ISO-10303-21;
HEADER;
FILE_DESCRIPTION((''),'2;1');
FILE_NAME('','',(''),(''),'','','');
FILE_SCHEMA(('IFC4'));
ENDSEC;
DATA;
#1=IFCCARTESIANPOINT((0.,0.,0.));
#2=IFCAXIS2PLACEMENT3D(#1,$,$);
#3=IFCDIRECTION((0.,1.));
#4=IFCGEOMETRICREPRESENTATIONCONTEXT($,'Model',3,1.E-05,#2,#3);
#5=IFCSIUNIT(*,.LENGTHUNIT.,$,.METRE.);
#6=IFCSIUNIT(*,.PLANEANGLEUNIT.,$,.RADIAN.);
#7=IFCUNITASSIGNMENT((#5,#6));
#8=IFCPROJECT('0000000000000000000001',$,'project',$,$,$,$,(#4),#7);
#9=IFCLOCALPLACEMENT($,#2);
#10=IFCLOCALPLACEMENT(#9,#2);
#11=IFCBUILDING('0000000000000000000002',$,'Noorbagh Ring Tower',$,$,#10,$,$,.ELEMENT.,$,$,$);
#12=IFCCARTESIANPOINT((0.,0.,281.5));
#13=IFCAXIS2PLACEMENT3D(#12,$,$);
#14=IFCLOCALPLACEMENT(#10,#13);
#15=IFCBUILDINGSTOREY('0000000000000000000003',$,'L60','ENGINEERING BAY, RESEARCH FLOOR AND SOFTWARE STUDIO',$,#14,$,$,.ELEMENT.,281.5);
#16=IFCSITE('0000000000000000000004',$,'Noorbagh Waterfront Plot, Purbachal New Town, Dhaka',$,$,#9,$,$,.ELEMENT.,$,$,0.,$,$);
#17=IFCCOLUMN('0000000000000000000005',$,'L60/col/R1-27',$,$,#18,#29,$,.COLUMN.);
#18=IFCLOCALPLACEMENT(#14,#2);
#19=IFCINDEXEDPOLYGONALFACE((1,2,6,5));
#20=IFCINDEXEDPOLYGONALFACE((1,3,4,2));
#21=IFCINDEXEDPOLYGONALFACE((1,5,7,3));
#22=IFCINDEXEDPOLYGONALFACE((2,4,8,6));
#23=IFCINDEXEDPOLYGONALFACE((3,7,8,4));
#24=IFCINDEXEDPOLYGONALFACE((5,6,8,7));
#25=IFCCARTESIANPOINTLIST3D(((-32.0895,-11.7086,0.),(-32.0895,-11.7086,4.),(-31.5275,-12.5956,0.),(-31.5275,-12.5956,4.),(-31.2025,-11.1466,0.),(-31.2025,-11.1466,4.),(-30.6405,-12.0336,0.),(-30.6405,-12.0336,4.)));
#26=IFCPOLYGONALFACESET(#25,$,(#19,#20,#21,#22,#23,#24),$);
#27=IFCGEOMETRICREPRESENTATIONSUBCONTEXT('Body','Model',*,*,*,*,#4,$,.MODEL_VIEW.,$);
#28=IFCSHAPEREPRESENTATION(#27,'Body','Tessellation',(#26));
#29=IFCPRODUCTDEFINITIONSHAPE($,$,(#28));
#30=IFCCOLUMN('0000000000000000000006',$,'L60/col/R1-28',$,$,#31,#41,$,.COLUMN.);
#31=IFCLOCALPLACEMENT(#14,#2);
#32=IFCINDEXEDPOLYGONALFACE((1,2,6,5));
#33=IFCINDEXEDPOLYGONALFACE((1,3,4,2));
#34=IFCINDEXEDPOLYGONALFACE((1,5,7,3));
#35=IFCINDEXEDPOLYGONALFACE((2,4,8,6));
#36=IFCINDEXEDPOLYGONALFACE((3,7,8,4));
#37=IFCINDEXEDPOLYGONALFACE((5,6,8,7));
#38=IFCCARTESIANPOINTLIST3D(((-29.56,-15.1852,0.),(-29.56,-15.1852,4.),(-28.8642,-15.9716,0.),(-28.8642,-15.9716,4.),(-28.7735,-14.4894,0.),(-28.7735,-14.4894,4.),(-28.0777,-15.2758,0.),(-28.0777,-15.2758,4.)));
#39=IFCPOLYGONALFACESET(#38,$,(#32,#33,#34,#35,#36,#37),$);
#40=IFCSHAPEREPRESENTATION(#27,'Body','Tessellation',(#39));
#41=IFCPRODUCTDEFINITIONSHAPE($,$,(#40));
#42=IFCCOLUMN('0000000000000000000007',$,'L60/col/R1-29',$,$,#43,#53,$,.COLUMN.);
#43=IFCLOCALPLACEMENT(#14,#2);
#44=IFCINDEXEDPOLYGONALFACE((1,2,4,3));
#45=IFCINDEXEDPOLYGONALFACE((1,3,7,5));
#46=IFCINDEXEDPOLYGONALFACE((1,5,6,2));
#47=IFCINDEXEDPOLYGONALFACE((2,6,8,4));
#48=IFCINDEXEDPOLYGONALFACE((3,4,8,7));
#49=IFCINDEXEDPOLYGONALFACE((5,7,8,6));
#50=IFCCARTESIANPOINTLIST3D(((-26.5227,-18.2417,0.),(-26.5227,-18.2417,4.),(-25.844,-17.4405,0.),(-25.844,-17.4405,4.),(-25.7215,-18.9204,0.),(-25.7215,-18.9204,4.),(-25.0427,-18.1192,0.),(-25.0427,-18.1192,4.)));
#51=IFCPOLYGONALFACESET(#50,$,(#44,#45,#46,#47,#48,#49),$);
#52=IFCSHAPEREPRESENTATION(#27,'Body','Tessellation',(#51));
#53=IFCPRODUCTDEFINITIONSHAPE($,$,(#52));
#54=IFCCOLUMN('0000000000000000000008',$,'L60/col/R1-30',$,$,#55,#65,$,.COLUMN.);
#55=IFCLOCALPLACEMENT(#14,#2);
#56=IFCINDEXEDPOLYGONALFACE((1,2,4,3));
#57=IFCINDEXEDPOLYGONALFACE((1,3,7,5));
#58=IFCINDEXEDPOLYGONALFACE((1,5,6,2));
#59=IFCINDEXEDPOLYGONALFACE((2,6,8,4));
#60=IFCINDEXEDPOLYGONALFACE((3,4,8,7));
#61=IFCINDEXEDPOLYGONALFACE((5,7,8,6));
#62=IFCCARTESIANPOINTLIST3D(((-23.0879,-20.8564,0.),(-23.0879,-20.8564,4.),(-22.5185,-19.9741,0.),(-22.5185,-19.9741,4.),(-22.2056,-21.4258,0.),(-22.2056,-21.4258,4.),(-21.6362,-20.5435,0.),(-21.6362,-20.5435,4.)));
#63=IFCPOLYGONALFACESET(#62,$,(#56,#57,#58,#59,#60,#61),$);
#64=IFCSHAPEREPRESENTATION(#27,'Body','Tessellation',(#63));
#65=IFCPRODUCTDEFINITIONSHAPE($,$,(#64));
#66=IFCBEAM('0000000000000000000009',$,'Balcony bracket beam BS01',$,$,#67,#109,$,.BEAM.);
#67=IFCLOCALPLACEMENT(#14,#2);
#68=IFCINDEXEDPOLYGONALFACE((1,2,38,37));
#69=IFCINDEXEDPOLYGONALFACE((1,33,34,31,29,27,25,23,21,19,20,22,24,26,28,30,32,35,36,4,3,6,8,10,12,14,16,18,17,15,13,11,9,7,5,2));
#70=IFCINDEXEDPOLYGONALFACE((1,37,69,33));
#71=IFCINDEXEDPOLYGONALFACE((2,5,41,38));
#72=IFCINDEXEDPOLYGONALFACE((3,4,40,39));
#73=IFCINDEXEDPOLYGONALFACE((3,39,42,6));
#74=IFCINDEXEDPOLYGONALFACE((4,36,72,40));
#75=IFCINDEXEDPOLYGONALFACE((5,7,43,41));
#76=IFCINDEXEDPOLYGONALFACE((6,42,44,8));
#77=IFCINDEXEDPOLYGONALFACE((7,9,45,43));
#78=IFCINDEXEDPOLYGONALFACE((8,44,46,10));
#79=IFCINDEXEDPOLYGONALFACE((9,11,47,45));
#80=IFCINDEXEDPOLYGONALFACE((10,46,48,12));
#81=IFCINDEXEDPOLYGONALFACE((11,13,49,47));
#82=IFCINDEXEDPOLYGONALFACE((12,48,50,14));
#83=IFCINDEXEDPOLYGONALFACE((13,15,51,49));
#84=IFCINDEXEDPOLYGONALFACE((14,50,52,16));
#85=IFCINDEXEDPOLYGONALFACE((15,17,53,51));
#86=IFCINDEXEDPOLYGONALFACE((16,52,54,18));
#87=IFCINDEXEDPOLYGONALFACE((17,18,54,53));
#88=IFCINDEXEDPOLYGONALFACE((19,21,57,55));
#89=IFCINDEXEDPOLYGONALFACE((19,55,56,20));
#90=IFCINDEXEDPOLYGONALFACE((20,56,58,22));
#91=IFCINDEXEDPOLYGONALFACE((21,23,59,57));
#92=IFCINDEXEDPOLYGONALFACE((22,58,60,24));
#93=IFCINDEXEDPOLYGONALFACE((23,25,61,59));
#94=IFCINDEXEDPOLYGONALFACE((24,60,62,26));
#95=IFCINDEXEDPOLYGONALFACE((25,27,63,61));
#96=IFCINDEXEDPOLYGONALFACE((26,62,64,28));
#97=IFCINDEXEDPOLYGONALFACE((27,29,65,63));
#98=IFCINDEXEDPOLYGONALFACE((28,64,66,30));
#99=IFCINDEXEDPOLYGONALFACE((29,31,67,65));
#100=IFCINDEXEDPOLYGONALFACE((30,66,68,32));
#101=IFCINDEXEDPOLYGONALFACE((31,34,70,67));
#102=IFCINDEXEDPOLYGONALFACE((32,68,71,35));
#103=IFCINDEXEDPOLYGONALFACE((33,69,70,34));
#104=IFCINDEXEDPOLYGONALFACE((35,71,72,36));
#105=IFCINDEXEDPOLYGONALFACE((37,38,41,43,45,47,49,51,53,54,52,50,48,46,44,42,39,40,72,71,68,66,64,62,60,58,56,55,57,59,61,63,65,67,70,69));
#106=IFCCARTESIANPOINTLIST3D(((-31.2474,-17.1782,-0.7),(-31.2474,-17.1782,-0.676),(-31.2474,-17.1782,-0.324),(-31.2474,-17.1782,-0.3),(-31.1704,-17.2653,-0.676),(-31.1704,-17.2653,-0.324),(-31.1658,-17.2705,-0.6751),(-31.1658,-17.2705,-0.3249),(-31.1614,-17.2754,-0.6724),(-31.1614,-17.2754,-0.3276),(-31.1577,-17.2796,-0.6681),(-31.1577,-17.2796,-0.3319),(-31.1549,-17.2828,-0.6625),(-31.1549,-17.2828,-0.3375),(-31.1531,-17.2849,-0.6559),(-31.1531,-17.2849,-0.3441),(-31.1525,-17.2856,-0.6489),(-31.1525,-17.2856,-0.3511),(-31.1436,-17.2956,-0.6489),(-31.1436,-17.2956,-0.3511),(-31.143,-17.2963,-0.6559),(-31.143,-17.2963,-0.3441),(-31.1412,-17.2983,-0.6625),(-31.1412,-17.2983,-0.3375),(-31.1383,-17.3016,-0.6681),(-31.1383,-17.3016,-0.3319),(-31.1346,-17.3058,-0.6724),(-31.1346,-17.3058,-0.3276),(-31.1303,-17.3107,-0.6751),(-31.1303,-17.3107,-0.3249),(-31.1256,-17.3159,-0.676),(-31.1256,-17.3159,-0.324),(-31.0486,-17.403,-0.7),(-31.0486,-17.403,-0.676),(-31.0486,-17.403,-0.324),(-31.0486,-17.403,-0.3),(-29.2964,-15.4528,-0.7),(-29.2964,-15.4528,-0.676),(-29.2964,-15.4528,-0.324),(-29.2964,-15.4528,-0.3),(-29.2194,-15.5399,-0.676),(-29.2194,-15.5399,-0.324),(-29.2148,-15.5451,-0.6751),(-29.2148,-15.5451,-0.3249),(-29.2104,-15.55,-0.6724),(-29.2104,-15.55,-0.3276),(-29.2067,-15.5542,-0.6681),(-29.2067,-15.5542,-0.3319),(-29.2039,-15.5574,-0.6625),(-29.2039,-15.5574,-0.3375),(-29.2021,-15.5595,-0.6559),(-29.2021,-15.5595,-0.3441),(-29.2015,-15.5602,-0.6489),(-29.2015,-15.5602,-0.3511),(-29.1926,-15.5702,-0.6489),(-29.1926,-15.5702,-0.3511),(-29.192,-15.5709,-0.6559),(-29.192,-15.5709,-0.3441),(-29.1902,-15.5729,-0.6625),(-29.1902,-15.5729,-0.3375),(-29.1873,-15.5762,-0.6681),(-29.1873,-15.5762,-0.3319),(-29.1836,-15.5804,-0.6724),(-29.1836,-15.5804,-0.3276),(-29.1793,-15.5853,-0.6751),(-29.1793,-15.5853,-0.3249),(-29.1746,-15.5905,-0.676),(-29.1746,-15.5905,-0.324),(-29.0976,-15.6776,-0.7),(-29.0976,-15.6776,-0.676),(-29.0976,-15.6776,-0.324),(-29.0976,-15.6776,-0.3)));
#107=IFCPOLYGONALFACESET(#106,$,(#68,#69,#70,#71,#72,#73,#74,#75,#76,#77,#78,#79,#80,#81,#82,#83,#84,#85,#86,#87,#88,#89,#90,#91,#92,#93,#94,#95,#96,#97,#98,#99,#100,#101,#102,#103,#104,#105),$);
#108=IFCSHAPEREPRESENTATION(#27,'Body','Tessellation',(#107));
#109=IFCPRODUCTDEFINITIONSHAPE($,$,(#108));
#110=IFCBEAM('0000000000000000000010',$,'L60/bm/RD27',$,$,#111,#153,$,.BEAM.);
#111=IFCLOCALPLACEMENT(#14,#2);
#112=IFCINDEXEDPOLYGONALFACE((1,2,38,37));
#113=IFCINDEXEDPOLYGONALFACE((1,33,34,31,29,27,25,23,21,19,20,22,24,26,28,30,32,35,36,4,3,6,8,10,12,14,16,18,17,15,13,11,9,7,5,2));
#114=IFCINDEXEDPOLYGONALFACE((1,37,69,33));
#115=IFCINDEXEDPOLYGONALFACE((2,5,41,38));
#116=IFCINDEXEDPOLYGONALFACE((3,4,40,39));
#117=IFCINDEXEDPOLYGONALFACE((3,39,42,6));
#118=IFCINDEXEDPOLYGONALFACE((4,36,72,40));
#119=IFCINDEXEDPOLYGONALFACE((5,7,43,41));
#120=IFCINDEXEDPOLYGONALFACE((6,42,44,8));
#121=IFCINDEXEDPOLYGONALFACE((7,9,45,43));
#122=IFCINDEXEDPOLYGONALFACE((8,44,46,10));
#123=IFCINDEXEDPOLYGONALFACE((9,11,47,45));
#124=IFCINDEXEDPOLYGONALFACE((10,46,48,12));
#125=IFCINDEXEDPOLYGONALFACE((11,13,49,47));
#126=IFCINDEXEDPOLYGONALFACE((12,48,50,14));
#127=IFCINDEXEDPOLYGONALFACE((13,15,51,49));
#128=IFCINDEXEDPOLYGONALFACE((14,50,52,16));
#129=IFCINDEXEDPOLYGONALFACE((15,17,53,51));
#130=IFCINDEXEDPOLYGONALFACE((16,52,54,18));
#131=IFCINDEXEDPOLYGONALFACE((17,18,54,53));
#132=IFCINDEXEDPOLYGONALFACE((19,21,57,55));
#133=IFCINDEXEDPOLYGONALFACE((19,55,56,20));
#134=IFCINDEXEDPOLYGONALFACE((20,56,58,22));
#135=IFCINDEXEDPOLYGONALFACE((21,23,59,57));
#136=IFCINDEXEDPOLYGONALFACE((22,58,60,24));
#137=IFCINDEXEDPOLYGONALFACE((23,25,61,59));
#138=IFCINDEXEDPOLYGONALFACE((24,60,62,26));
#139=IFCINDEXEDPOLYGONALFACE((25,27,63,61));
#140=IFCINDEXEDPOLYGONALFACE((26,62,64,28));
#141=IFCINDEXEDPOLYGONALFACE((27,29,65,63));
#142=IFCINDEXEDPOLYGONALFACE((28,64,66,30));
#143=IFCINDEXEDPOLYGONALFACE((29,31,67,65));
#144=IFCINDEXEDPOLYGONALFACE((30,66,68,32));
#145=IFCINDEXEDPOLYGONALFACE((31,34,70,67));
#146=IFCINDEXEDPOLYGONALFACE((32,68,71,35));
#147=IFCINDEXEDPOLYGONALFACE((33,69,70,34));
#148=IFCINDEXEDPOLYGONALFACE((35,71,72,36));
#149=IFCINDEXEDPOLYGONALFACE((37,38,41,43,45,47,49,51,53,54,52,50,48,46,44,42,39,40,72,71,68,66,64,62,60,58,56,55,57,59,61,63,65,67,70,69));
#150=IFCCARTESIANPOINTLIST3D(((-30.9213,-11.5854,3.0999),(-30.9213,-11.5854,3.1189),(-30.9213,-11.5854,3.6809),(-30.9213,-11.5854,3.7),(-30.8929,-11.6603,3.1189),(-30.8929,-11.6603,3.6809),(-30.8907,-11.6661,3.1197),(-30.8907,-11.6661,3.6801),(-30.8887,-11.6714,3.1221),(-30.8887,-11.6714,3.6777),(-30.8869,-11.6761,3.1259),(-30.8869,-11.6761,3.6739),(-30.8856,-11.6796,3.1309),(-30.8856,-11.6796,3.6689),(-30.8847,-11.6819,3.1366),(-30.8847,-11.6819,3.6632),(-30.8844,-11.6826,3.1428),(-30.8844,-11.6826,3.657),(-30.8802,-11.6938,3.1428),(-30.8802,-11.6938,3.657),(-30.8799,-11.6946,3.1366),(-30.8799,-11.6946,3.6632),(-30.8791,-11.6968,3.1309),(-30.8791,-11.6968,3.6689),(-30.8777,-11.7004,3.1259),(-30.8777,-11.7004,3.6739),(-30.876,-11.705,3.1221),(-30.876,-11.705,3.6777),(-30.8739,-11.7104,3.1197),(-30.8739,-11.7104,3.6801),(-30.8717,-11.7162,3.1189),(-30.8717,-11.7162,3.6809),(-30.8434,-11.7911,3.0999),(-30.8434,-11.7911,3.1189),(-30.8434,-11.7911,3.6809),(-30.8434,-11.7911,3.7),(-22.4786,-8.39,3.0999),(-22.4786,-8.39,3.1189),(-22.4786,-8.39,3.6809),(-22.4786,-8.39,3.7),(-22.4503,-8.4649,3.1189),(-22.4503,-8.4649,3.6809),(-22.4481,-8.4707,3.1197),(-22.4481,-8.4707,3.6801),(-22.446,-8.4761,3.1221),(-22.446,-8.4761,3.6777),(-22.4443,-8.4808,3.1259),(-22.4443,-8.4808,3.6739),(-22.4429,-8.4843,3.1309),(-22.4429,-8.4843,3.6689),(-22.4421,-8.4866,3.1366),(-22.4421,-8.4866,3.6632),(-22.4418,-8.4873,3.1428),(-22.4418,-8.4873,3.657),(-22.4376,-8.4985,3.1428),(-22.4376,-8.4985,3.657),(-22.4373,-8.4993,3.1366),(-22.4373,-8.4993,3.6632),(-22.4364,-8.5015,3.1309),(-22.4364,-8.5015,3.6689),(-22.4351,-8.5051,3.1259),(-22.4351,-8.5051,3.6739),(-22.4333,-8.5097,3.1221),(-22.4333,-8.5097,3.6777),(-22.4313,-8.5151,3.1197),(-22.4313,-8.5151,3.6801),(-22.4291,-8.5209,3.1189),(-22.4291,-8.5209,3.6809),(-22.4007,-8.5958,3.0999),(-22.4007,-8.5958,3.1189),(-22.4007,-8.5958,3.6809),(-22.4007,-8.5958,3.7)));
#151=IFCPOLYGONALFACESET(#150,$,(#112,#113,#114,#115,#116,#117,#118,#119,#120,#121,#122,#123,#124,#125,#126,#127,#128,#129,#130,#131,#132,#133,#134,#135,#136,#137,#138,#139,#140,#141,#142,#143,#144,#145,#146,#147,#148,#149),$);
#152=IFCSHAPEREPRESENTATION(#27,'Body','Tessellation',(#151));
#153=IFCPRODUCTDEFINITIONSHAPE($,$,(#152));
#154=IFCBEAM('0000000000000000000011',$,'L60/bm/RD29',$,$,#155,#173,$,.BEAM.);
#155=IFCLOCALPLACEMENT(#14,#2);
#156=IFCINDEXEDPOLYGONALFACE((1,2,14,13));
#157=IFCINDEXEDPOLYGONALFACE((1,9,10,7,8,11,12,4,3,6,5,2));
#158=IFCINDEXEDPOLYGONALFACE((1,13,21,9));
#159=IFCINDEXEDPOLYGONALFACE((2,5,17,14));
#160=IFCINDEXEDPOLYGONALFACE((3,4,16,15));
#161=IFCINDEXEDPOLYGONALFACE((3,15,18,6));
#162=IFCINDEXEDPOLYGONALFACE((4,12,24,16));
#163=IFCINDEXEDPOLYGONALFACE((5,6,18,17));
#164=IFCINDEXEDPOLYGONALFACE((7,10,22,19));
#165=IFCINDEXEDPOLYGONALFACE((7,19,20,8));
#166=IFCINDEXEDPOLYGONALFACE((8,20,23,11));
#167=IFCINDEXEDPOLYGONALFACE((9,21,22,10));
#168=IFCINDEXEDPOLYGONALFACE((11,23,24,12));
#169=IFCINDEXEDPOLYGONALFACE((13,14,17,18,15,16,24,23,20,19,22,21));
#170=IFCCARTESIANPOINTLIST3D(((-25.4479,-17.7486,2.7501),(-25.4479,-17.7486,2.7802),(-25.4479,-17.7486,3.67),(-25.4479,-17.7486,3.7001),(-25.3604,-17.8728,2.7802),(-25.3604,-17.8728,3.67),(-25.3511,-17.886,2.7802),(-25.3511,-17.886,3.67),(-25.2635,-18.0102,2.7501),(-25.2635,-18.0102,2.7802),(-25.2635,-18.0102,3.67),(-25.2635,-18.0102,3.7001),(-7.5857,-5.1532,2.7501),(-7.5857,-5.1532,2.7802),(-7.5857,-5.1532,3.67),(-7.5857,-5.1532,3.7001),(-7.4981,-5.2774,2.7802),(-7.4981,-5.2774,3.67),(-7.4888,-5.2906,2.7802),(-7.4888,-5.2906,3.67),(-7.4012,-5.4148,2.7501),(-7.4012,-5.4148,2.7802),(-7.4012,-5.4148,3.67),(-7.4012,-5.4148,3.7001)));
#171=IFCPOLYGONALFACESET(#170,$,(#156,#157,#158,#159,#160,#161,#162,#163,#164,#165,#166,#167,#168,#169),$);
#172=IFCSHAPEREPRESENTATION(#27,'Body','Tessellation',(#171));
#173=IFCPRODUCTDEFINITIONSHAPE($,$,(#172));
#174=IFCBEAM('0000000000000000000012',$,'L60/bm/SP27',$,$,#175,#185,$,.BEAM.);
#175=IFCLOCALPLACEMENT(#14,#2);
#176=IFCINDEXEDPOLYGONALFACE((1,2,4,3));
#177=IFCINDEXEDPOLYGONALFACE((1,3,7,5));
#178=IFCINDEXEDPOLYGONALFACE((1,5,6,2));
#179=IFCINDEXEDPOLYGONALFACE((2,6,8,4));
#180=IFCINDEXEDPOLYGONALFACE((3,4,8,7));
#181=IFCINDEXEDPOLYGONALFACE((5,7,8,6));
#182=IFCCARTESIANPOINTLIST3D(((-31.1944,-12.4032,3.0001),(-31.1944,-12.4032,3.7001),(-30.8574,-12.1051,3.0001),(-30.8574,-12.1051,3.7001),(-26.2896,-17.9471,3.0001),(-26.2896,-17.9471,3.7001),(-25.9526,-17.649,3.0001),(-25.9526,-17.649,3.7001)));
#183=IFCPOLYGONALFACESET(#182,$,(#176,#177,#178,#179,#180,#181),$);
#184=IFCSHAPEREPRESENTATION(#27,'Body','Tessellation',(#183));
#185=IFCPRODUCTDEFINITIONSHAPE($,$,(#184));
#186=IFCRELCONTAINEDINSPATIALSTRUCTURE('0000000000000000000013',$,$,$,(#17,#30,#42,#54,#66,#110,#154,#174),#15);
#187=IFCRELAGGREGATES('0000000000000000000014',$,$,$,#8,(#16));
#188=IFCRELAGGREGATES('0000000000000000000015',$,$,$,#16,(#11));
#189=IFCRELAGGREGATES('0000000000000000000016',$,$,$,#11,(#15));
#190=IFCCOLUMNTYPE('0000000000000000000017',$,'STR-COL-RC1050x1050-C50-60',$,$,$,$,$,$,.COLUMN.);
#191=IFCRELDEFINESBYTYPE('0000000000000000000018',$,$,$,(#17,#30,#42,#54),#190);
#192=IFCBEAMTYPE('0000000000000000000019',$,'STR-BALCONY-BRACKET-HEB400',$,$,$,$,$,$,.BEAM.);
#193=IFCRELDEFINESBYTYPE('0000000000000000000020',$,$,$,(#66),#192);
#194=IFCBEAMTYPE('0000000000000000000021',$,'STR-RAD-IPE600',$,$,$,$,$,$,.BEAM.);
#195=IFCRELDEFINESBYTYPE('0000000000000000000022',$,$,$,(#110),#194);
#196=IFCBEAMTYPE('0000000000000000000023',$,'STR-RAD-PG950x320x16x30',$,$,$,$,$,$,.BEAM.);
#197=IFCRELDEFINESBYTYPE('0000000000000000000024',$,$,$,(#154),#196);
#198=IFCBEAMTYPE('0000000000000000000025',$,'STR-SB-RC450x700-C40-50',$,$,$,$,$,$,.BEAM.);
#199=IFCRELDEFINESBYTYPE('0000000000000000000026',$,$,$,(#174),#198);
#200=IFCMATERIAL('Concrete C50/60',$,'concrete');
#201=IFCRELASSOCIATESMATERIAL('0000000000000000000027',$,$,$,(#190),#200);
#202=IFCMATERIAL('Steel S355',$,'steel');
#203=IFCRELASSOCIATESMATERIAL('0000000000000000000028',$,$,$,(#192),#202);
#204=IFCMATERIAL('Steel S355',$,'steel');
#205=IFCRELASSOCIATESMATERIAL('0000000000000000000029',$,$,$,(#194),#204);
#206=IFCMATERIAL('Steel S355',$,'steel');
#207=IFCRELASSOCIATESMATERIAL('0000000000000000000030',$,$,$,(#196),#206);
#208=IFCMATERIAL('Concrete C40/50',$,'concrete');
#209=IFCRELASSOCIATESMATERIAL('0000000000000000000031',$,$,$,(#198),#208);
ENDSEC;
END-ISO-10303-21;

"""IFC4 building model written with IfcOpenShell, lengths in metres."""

from ifc_helpers import new_model, si_unit, direction, frame, origin, origin_2d, place, context, subcontext, project, spatial, rectangle, i_section, extrude, material, material_profile, profile_set, type_object, element, save


model = new_model("IFC4")

# Units and contexts
model_context = context("Model", 3, precision=1e-05, world=origin(), true_north=direction((0.0, 1.0)))
body_context = subcontext(model_context, "Body", "Model", "MODEL_VIEW")
ifc_project = project(units=[si_unit("LENGTHUNIT", "METRE"), si_unit("PLANEANGLEUNIT", "RADIAN")], contexts=[model_context])

# Site, building, storey
site_placement = place(None, origin())
site = spatial("IfcSite", under=ifc_project, at=site_placement, Name="Noorbagh Waterfront Plot, Purbachal New Town, Dhaka", CompositionType="ELEMENT", RefElevation=0.0)
building_placement = place(site_placement, origin())
building = spatial("IfcBuilding", under=site, at=building_placement, Name="Noorbagh Ring Tower", CompositionType="ELEMENT")
storey_placement = place(building_placement, frame((0.0, 0.0, 281.5)))
storey = spatial("IfcBuildingStorey", under=building, at=storey_placement, Name="L60", Description="ENGINEERING BAY, RESEARCH FLOOR AND SOFTWARE STUDIO", CompositionType="ELEMENT", Elevation=281.5)

# Columns
ifc_material_1 = material(Name="Concrete C50/60", Category="concrete")
ifc_material_profile_1 = material_profile(ifc_material_1, rectangle(XDim=1.05, YDim=1.05, at=origin_2d()), Name="RC1050x1050")
ifc_profile_set_1 = profile_set([ifc_material_profile_1], Name="Concrete C50/60")
column_type = type_object("IfcColumnType", Name="STR-COL-RC1050x1050-C50-60", PredefinedType="COLUMN", material=ifc_profile_set_1)
for number, where, z_axis, x_axis, name in (
    (1, (-31.365, -11.8711, 0.0), (0.0, 0.0, 1.0), (0.53519, -0.844731, 0.0), "L60/col/R1-27"),
    (2, (-28.8188, -15.2305, 0.0), (0.0, 0.0, 1.0), (0.662636, -0.748942, 0.0), "L60/col/R1-28"),
    (3, (-25.7827, -18.1804, 0.0), (0.0, 0.0, 1.0), (0.763035, -0.646357, 0.0), "L60/col/R1-29"),
    (4, (-22.3621, -20.7, 0.0), (0.0, 0.0, 1.0), (0.840248, -0.542203, 0.0), "L60/col/R1-30"),
):
    element("IfcColumn", number, at=place(storey_placement, frame(where, z_axis=z_axis, x_axis=x_axis)), inside=storey, type_object=column_type, Name=name, PredefinedType="COLUMN", context=body_context, shape_type="SweptSolid", body=[
        extrude(rectangle(XDim=1.05, YDim=1.05, at=origin_2d()), origin(), (0.0, 0.0, 1.0), 4.0),
    ])

# Beams
ifc_material_2 = material(Name="Steel S355", Category="steel")
ifc_material_profile_2 = material_profile(ifc_material_2, i_section(OverallWidth=0.3, OverallDepth=0.3999, WebThickness=0.0134, FlangeThickness=0.0239, FilletRadius=0.0271, at=origin_2d()), Name="HEB400")
ifc_profile_set_2 = profile_set([ifc_material_profile_2], Name="Steel S355")
beam_type_1 = type_object("IfcBeamType", Name="STR-BALCONY-BRACKET-HEB400", PredefinedType="BEAM", material=ifc_profile_set_2)
beam_1_placement = place(storey_placement, frame((-29.197, -15.5652, -0.5), z_axis=(-0.749088, -0.662471, 0.0), x_axis=(0.662471, -0.749088, 0.0)))
element("IfcBeam", 5, at=beam_1_placement, inside=storey, type_object=beam_type_1, Name="Balcony bracket beam BS01", PredefinedType="BEAM", context=body_context, shape_type="SweptSolid", body=[
    extrude(i_section(OverallWidth=0.3, OverallDepth=0.3999, WebThickness=0.0134, FlangeThickness=0.0239, FilletRadius=0.0271, at=origin_2d()), origin(), (0.0, 0.0, 1.0), 2.6045),
])
ifc_material_3 = material(Name="Steel S355", Category="steel")
ifc_material_profile_3 = material_profile(ifc_material_3, i_section(OverallWidth=0.22, OverallDepth=0.6001, WebThickness=0.012, FlangeThickness=0.019, FilletRadius=0.0239, at=origin_2d()), Name="IPE600")
ifc_profile_set_3 = profile_set([ifc_material_profile_3], Name="Steel S355")
beam_type_2 = type_object("IfcBeamType", Name="STR-RAD-IPE600", PredefinedType="BEAM", material=ifc_profile_set_3)
beam_2_placement = place(storey_placement, frame((-30.8823, -11.6882, 3.3999), z_axis=(0.935257, 0.35397, 0.0), x_axis=(-0.35397, 0.935257, 0.0)))
element("IfcBeam", 6, at=beam_2_placement, inside=storey, type_object=beam_type_2, Name="L60/bm/RD27", PredefinedType="BEAM", context=body_context, shape_type="SweptSolid", body=[
    extrude(i_section(OverallWidth=0.22, OverallDepth=0.6001, WebThickness=0.012, FlangeThickness=0.019, FilletRadius=0.0239, at=origin_2d()), origin(), (0.0, 0.0, 1.0), 9.0271),
])
ifc_material_4 = material(Name="Steel S355", Category="steel")
ifc_material_profile_4 = material_profile(ifc_material_4, i_section(OverallWidth=0.3201, OverallDepth=0.95, WebThickness=0.0161, FlangeThickness=0.03, at=origin_2d()), Name="PG950x320x16x30")
ifc_profile_set_4 = profile_set([ifc_material_profile_4], Name="Steel S355")
beam_type_3 = type_object("IfcBeamType", Name="STR-RAD-PG950x320x16x30", PredefinedType="BEAM", material=ifc_profile_set_4)
beam_3_placement = place(storey_placement, frame((-25.3557, -17.8794, 3.2251), z_axis=(0.817253, 0.576279, 0.0), x_axis=(-0.576279, 0.817253, 0.0)))
element("IfcBeam", 7, at=beam_3_placement, inside=storey, type_object=beam_type_3, Name="L60/bm/RD29", PredefinedType="BEAM", context=body_context, shape_type="SweptSolid", body=[
    extrude(i_section(OverallWidth=0.3201, OverallDepth=0.95, WebThickness=0.0161, FlangeThickness=0.03, at=origin_2d()), origin(), (0.0, 0.0, 1.0), 21.8564),
])
ifc_material_5 = material(Name="Concrete C40/50", Category="concrete")
ifc_material_profile_5 = material_profile(ifc_material_5, rectangle(XDim=0.45, YDim=0.7, at=origin_2d()), Name="RC450x700")
ifc_profile_set_5 = profile_set([ifc_material_profile_5], Name="Concrete C40/50")
beam_type_4 = type_object("IfcBeamType", Name="STR-SB-RC450x700-C40-50", PredefinedType="BEAM", material=ifc_profile_set_5)
beam_4_placement = place(storey_placement, frame((-31.0259, -12.2542, 3.3501), z_axis=(0.662614, -0.748961, 0.0), x_axis=(0.748961, 0.662614, 0.0)))
element("IfcBeam", 8, at=beam_4_placement, inside=storey, type_object=beam_type_4, Name="L60/bm/SP27", PredefinedType="BEAM", context=body_context, shape_type="SweptSolid", body=[
    extrude(rectangle(XDim=0.45, YDim=0.7, at=origin_2d()), origin(), (0.0, 0.0, 1.0), 7.4021),
])

save(model, "model.ifc")
